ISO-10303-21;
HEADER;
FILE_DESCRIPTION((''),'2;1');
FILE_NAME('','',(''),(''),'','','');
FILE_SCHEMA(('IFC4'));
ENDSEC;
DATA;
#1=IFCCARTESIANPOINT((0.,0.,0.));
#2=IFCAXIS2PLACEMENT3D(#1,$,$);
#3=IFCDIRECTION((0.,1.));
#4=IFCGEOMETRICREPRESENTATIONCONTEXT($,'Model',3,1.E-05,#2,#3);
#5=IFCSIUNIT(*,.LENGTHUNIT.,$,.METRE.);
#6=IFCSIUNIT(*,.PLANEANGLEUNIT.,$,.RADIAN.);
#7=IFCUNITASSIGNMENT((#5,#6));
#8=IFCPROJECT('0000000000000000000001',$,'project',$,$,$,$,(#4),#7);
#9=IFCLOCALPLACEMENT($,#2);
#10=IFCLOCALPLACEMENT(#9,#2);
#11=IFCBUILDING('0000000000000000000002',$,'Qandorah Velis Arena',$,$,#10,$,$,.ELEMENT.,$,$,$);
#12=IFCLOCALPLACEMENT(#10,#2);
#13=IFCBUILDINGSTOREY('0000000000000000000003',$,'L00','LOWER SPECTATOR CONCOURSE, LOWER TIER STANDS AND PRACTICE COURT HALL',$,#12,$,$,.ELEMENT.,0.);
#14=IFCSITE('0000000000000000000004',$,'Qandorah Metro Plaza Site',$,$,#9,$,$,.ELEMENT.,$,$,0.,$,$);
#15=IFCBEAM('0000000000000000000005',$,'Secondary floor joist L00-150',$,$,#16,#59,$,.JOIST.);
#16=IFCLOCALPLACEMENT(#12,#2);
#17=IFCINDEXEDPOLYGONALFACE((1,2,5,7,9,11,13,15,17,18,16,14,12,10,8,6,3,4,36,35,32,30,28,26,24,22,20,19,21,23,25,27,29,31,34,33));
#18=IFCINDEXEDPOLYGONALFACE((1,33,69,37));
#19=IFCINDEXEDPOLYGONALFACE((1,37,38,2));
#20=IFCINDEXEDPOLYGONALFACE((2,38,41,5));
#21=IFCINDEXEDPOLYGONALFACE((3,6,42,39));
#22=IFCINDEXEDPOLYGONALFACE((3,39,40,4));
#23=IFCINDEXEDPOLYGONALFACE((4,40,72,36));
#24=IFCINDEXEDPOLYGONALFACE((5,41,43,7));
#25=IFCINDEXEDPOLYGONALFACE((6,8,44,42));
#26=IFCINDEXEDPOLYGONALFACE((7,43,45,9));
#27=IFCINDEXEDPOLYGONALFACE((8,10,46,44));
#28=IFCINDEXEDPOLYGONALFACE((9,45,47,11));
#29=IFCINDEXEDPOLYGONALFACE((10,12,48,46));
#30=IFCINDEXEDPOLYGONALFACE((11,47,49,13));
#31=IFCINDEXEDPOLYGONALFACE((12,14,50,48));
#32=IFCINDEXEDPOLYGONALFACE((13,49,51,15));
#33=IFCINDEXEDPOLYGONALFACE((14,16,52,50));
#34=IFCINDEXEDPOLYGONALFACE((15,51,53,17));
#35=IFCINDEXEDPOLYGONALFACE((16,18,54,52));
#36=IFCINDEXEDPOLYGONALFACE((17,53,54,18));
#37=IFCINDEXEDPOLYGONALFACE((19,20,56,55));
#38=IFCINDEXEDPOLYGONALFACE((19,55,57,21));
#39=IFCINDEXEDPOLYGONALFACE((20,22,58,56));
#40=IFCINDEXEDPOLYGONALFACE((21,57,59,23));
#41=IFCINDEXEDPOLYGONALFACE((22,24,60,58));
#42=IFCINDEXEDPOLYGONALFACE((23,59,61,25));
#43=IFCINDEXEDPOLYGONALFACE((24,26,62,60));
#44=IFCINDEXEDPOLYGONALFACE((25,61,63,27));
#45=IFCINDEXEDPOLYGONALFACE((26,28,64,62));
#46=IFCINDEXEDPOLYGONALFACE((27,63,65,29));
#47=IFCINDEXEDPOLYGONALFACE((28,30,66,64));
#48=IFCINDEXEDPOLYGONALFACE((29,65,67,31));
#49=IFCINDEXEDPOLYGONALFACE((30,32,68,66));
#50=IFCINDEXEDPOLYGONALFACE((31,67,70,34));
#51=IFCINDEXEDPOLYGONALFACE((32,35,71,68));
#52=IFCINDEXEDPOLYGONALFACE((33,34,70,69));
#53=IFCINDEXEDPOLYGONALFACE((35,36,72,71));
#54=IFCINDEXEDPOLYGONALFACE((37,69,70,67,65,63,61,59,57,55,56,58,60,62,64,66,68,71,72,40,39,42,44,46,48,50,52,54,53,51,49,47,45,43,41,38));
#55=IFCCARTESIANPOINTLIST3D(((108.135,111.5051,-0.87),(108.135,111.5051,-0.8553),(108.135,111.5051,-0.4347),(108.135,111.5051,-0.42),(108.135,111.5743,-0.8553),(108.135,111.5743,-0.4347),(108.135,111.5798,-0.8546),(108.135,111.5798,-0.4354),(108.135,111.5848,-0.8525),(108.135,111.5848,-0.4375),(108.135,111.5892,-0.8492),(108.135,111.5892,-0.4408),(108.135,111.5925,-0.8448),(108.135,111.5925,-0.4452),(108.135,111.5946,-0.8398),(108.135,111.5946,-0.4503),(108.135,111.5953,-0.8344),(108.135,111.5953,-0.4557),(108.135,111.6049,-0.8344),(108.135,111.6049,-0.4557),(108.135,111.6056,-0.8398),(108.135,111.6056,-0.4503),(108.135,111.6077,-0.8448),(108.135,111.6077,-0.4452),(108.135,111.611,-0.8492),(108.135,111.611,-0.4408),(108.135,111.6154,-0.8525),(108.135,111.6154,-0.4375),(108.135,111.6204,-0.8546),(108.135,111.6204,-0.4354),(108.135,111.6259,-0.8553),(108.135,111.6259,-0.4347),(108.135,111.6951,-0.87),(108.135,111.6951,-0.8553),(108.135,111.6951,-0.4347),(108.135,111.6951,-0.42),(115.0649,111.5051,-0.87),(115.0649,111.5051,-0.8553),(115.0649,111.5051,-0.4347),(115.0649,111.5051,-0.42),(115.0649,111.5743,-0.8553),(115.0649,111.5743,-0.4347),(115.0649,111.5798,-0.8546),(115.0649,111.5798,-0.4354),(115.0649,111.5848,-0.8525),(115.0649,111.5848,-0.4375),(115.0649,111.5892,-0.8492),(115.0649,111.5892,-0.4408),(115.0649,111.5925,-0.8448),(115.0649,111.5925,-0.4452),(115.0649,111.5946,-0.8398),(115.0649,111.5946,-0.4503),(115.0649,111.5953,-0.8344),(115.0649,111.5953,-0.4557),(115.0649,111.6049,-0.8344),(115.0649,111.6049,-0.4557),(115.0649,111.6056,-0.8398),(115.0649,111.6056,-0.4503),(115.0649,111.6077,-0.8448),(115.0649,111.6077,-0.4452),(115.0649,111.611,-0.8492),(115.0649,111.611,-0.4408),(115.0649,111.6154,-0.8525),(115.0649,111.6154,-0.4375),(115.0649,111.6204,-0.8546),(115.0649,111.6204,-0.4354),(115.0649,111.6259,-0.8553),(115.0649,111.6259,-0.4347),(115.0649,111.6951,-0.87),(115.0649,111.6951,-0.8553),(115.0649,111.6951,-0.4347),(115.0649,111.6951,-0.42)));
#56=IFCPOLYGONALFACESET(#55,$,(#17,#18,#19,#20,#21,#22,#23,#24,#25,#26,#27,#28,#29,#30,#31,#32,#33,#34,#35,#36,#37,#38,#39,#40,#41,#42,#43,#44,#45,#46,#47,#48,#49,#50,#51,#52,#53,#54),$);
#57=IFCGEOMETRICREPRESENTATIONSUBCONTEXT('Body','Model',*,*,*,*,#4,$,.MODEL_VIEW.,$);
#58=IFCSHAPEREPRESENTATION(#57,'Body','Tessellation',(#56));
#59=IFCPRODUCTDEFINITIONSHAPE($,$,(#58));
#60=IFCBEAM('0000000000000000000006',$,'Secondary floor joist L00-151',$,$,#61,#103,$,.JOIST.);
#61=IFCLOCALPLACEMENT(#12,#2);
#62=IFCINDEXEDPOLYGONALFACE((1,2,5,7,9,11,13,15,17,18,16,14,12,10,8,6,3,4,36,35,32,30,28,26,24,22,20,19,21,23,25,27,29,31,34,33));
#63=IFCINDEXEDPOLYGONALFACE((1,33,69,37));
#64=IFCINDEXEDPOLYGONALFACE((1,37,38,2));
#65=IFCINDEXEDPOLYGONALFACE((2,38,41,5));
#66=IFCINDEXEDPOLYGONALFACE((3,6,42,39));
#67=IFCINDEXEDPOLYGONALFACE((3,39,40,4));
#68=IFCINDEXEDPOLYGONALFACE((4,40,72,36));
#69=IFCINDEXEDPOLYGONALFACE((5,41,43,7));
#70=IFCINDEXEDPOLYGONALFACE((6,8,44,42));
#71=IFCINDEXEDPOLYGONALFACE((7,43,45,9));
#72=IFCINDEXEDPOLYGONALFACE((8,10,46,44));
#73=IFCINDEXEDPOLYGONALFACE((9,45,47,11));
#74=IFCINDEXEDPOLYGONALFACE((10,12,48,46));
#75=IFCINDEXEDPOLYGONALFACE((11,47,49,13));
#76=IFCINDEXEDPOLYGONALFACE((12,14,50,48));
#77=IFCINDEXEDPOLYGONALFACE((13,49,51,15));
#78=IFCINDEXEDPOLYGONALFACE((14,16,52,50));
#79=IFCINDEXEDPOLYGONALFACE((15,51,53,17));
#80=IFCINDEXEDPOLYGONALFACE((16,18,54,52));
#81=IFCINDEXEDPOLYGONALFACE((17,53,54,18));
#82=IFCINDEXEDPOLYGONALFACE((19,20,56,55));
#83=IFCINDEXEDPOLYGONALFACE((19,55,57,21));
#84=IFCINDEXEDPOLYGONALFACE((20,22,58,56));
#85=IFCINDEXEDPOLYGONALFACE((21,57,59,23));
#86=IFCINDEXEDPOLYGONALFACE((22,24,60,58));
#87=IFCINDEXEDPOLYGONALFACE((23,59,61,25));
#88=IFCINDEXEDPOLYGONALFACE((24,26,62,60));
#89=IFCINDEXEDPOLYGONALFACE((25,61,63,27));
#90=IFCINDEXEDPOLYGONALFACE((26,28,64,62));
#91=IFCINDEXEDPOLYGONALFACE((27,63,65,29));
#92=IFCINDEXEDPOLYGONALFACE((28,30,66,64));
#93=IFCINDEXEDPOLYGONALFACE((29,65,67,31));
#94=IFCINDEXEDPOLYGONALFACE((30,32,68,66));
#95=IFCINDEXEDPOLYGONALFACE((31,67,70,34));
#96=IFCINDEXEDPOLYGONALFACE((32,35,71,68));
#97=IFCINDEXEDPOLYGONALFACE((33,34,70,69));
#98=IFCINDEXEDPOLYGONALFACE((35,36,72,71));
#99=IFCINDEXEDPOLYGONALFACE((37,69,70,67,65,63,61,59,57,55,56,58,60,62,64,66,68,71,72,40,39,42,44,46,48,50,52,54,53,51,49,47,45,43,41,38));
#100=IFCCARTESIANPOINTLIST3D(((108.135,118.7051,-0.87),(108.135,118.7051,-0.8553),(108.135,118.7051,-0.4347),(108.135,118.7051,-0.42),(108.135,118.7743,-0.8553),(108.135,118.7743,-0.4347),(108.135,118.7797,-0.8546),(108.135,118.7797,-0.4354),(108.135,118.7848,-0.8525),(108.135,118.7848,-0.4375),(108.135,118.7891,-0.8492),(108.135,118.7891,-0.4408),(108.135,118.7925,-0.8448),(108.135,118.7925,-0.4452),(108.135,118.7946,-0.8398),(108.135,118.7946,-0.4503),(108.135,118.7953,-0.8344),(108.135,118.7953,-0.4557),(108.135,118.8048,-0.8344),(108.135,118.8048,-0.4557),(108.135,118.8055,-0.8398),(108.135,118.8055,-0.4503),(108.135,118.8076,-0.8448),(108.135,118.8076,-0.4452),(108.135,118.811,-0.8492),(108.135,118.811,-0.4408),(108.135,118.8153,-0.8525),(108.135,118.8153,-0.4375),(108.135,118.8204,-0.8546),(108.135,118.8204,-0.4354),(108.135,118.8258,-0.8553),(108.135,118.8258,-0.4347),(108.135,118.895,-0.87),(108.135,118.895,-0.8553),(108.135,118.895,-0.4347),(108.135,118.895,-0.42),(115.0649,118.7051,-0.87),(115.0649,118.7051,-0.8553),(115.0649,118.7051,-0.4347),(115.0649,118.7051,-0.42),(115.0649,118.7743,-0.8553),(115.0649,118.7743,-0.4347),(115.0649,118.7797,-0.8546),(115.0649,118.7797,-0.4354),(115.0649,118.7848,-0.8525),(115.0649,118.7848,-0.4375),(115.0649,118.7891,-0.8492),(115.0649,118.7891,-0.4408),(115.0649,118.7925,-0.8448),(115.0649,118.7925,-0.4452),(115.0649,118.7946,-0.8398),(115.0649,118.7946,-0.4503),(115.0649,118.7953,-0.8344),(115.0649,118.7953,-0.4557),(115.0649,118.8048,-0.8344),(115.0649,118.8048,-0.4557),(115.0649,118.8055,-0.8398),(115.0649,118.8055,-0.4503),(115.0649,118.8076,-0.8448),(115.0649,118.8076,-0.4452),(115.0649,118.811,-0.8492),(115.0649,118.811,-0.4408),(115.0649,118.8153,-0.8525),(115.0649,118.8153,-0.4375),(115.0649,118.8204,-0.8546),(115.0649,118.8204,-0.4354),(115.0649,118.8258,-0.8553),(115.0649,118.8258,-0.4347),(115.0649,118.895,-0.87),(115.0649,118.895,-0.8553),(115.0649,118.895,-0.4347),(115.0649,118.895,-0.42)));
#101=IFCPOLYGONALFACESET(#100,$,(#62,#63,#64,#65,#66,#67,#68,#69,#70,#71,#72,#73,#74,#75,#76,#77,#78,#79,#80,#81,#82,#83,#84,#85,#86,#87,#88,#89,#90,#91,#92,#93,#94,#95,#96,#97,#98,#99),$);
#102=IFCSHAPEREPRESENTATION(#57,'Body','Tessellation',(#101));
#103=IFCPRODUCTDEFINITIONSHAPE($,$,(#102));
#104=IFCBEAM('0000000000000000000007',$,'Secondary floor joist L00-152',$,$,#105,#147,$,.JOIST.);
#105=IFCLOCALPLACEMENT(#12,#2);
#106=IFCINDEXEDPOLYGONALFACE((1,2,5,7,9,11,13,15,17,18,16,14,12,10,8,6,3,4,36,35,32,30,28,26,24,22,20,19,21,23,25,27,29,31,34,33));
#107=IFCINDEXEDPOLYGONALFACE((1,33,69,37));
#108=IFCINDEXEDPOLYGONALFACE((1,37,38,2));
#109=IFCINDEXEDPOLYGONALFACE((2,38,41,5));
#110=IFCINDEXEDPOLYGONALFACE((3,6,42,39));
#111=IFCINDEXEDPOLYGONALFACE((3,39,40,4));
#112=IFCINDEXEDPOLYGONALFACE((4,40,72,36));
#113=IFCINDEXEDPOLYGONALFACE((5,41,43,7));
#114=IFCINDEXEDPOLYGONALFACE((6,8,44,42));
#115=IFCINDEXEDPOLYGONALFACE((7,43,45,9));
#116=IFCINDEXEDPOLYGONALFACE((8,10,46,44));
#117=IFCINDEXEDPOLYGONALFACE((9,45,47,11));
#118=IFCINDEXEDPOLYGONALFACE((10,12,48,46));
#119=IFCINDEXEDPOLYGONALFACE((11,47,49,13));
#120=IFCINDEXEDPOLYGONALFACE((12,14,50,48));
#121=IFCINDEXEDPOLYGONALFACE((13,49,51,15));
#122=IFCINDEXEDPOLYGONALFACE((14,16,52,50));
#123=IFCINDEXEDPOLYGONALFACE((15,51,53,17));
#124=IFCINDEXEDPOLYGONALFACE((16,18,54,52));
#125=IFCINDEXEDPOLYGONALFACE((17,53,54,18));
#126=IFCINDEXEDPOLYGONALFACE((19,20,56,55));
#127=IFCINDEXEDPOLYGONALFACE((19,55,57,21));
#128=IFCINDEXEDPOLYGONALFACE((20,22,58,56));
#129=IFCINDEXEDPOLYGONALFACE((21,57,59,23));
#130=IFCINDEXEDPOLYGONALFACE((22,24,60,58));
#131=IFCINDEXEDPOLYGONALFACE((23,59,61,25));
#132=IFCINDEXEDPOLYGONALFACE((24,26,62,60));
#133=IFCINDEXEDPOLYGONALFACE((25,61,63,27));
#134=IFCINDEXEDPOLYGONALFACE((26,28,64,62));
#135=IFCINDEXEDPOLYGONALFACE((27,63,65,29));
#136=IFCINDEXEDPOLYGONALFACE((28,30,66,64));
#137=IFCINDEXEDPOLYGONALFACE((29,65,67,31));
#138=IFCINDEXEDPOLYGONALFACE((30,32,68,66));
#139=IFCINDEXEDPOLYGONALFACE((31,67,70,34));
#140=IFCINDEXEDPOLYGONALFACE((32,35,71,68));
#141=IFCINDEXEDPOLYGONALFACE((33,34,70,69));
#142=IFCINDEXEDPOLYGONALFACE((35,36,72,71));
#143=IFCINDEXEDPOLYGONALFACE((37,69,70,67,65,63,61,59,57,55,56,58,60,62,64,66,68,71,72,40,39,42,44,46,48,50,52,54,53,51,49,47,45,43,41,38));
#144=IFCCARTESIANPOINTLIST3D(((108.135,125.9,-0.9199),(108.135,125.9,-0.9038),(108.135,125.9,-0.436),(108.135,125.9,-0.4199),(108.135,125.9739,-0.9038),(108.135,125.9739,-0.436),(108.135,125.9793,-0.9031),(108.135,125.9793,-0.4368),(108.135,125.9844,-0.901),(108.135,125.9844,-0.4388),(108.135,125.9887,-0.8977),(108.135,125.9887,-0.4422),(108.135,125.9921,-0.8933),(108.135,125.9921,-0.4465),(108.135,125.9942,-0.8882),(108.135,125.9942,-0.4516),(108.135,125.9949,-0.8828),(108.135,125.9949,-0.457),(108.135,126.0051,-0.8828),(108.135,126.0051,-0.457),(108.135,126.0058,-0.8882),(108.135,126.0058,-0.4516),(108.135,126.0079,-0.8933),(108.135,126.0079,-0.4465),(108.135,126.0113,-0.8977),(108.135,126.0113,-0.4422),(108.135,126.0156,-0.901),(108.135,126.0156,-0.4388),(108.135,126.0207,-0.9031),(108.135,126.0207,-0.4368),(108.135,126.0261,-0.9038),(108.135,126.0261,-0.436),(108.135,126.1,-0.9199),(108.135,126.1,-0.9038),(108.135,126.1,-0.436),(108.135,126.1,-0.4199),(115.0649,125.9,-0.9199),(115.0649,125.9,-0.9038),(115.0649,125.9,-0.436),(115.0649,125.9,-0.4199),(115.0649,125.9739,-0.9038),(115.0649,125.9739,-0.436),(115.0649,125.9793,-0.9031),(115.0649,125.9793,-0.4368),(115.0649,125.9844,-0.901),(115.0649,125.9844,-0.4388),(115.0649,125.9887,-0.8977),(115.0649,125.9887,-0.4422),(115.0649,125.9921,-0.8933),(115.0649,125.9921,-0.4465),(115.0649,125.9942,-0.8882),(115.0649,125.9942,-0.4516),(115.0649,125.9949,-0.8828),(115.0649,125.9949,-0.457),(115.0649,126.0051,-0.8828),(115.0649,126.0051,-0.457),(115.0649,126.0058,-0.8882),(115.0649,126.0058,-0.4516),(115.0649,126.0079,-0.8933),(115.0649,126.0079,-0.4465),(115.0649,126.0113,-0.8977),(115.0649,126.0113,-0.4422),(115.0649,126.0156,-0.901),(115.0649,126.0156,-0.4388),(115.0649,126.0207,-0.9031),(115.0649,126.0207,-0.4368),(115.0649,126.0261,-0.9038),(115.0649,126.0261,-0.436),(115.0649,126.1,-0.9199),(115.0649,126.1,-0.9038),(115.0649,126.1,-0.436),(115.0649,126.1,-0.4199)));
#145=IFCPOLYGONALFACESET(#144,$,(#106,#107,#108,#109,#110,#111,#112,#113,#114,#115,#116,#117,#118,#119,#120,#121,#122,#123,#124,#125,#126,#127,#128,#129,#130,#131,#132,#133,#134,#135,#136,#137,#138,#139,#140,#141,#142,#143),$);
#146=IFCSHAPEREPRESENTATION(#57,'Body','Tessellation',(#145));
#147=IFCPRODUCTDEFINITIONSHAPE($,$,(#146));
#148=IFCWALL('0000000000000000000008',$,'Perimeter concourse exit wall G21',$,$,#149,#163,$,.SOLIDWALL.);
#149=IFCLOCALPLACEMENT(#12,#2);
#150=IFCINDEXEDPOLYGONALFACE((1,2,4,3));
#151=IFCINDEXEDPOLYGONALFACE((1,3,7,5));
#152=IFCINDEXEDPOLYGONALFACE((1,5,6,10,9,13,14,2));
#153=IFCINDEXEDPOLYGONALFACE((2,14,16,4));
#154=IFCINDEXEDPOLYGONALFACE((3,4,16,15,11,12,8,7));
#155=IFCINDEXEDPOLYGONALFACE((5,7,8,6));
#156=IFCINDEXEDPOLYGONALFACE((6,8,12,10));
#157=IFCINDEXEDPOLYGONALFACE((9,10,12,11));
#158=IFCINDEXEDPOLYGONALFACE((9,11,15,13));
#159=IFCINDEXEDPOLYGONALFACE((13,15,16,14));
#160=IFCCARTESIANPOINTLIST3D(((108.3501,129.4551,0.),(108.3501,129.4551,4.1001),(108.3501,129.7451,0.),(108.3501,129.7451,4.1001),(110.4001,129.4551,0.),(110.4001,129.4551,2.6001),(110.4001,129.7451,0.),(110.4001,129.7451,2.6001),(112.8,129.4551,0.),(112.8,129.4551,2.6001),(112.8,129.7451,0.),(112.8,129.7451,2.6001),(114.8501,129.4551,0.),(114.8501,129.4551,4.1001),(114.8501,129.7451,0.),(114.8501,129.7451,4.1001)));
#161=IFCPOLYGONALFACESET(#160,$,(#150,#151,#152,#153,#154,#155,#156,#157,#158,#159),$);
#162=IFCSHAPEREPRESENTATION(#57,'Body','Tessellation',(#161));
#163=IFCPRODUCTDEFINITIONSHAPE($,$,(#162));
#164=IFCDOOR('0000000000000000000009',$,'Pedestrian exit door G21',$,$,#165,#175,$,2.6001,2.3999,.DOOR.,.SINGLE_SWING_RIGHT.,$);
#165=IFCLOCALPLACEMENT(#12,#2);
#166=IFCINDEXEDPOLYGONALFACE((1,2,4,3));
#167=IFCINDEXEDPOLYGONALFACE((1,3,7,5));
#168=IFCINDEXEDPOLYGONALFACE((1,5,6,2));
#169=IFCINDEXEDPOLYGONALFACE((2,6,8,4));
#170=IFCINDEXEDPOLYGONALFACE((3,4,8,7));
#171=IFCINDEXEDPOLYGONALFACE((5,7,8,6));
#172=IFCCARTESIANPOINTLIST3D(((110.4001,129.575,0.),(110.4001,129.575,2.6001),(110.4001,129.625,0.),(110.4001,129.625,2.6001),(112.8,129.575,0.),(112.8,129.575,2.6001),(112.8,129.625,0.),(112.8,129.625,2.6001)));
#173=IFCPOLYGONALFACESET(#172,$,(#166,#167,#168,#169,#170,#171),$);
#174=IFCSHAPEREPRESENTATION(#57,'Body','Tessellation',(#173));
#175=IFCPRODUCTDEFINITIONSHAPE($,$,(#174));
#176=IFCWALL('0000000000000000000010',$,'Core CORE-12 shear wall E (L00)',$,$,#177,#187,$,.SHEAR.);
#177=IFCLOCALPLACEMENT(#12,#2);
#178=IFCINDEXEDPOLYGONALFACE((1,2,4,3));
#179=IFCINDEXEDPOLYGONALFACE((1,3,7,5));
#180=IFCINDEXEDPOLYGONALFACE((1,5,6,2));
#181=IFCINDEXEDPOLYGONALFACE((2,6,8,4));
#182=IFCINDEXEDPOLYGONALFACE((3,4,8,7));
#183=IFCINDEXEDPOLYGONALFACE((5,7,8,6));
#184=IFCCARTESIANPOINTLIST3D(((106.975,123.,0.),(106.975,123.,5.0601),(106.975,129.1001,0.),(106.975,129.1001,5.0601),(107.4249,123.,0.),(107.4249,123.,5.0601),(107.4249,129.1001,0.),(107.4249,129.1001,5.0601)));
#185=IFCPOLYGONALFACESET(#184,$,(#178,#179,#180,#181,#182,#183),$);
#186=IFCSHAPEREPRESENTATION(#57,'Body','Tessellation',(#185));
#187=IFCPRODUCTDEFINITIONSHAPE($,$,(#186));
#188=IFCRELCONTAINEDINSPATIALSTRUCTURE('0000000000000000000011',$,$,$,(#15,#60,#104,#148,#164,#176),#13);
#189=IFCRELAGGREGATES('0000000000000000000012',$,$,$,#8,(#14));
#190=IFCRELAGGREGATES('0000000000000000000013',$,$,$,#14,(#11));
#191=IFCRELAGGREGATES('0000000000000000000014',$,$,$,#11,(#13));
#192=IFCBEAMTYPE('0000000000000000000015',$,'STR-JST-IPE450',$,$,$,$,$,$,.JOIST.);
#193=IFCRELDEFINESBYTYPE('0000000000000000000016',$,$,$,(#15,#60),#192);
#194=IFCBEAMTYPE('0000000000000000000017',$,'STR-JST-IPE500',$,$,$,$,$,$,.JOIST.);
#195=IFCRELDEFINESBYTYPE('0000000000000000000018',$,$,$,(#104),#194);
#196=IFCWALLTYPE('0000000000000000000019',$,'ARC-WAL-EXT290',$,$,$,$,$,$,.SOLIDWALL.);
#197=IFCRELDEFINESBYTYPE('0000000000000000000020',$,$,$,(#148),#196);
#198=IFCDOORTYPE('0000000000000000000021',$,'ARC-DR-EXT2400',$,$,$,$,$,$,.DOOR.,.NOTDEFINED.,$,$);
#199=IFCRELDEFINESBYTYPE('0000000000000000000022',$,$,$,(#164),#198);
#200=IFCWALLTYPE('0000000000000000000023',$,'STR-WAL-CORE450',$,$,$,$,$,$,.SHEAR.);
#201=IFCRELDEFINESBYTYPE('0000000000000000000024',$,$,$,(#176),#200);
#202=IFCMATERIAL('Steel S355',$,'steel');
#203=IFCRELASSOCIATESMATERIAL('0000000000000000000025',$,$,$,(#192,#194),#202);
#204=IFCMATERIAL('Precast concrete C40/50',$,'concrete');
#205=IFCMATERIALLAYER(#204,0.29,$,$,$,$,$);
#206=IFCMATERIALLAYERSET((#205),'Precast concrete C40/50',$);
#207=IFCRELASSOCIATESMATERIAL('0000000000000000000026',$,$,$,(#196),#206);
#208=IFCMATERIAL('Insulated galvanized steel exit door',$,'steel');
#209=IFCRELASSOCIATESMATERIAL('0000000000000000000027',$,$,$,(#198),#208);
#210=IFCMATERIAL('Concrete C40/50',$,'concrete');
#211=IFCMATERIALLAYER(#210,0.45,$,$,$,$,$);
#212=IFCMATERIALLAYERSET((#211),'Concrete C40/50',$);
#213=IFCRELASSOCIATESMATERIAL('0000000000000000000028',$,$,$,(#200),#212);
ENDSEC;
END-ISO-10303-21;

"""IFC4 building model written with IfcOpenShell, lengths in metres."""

from ifc_helpers import new_model, si_unit, direction, frame, frame_2d, origin, origin_2d, place, context, subcontext, project, spatial, rectangle, i_section, extrude, material, layer, layer_set, material_profile, profile_set, type_object, element, fill, save


model = new_model("IFC4")

# Units and contexts
model_context = context("Model", 3, precision=1e-05, world=origin(), true_north=direction((0.0, 1.0)))
body_context = subcontext(model_context, "Body", "Model", "MODEL_VIEW")
ifc_project = project(units=[si_unit("LENGTHUNIT", "METRE"), si_unit("PLANEANGLEUNIT", "RADIAN")], contexts=[model_context])

# Site, building, storey
site_placement = place(None, origin())
site = spatial("IfcSite", under=ifc_project, at=site_placement, Name="Qandorah Metro Plaza Site", CompositionType="ELEMENT", RefElevation=0.0)
building_placement = place(site_placement, origin())
building = spatial("IfcBuilding", under=site, at=building_placement, Name="Qandorah Velis Arena", CompositionType="ELEMENT")
storey_placement = place(building_placement, origin())
storey = spatial("IfcBuildingStorey", under=building, at=storey_placement, Name="L00", Description="LOWER SPECTATOR CONCOURSE, LOWER TIER STANDS AND PRACTICE COURT HALL", CompositionType="ELEMENT", Elevation=0.0)

# Shared definitions
ifc_material_1 = material(Name="Concrete C40/50", Category="concrete")

# Beams
ifc_material_2 = material(Name="Steel S355", Category="steel")
ifc_material_profile_1 = material_profile(ifc_material_2, i_section(OverallWidth=0.1899, OverallDepth=0.45, WebThickness=0.0095, FlangeThickness=0.0146, FilletRadius=0.021, at=origin_2d()), Name="IPE 450")
ifc_profile_set_1 = profile_set([ifc_material_profile_1], Name="Steel S355")
beam_type_1 = type_object("IfcBeamType", Name="STR-JST-IPE450", PredefinedType="JOIST", material=ifc_profile_set_1)
for number, where, z_axis, x_axis, name in (
    (1, (108.135, 111.6001, -0.645), (1.0, 0.0, 0.0), (0.0, 1.0, 0.0), "Secondary floor joist L00-150"),
    (2, (108.135, 118.8, -0.645), (1.0, 0.0, 0.0), (0.0, 1.0, 0.0), "Secondary floor joist L00-151"),
):
    element("IfcBeam", number, at=place(storey_placement, frame(where, z_axis=z_axis, x_axis=x_axis)), inside=storey, type_object=beam_type_1, Name=name, PredefinedType="JOIST", context=body_context, shape_type="SweptSolid", body=[
        extrude(i_section(OverallWidth=0.1899, OverallDepth=0.45, WebThickness=0.0095, FlangeThickness=0.0146, FilletRadius=0.021, at=origin_2d()), origin(), (0.0, 0.0, 1.0), 6.9299),
    ])
ifc_material_profile_2 = material_profile(ifc_material_2, i_section(OverallWidth=0.2, OverallDepth=0.5, WebThickness=0.0103, FlangeThickness=0.0161, FilletRadius=0.021, at=origin_2d()), Name="IPE 500")
ifc_profile_set_2 = profile_set([ifc_material_profile_2], Name="Steel S355")
beam_type_2 = type_object("IfcBeamType", Name="STR-JST-IPE500", PredefinedType="JOIST", material=ifc_profile_set_2)
beam_1_placement = place(storey_placement, frame((108.135, 126.0, -0.6699), z_axis=(1.0, 0.0, 0.0), x_axis=(0.0, 1.0, 0.0)))
element("IfcBeam", 3, at=beam_1_placement, inside=storey, type_object=beam_type_2, Name="Secondary floor joist L00-152", PredefinedType="JOIST", context=body_context, shape_type="SweptSolid", body=[
    extrude(i_section(OverallWidth=0.2, OverallDepth=0.5, WebThickness=0.0103, FlangeThickness=0.0161, FilletRadius=0.021, at=origin_2d()), origin(), (0.0, 0.0, 1.0), 6.9299),
])

# Wall, opening, door
ifc_material_3 = material(Name="Precast concrete C40/50", Category="concrete")
ifc_layer_1 = layer(ifc_material_3, 0.29)
ifc_layer_set_1 = layer_set([ifc_layer_1], Name="Precast concrete C40/50")
wall_type_1 = type_object("IfcWallType", Name="ARC-WAL-EXT290", PredefinedType="SOLIDWALL", material=ifc_layer_set_1)
wall_1_placement = place(storey_placement, frame((108.3501, 129.6001, 0.0), z_axis=(0.0, 0.0, 1.0), x_axis=(1.0, 0.0, 0.0)))
wall_1 = element("IfcWall", 4, at=wall_1_placement, inside=storey, type_object=wall_type_1, Name="Perimeter concourse exit wall G21", PredefinedType="SOLIDWALL", context=body_context, shape_type="SweptSolid", body=[
    extrude(rectangle(XDim=6.5, YDim=0.29, at=frame_2d((3.25, 0.0))), origin(), (0.0, 0.0, 1.0), 4.1001),
])
opening_placement = place(wall_1_placement, frame((2.05, 0.0, 0.0)))
opening = element("IfcOpeningElement", 5, at=opening_placement, cuts=wall_1, PredefinedType="OPENING", context=body_context, shape_type="SweptSolid", body=[
    extrude(rectangle(XDim=2.3999, YDim=2.6001, at=frame_2d((1.2, 1.3))), frame((0.0, 0.155, 0.0), z_axis=(0.0, -1.0, 0.0), x_axis=(1.0, 0.0, 0.0)), (0.0, 0.0, 1.0), 0.3101),
])
ifc_material_4 = material(Name="Insulated galvanized steel exit door", Category="steel")
door_type = type_object("IfcDoorType", Name="ARC-DR-EXT2400", OperationType="NOTDEFINED", PredefinedType="DOOR", material=ifc_material_4)
door_placement = place(opening_placement, origin())
door = element("IfcDoor", 6, at=door_placement, inside=storey, type_object=door_type, Name="Pedestrian exit door G21", OperationType="SINGLE_SWING_RIGHT", OverallHeight=2.6001, OverallWidth=2.3999, PredefinedType="DOOR", context=body_context, shape_type="SweptSolid", body=[
    extrude(rectangle(XDim=2.3999, YDim=2.6001, at=frame_2d((1.2, 1.3))), frame((0.0, 0.0249, 0.0), z_axis=(0.0, -1.0, 0.0), x_axis=(1.0, 0.0, 0.0)), (0.0, 0.0, 1.0), 0.05),
])
fill(opening, door)

# Wall
ifc_layer_2 = layer(ifc_material_1, 0.45)
ifc_layer_set_2 = layer_set([ifc_layer_2], Name="Concrete C40/50")
wall_type_2 = type_object("IfcWallType", Name="STR-WAL-CORE450", PredefinedType="SHEAR", material=ifc_layer_set_2)
wall_2_placement = place(storey_placement, frame((107.2, 123.0, 0.0), z_axis=(0.0, 0.0, 1.0), x_axis=(0.0, 1.0, 0.0)))
element("IfcWall", 7, at=wall_2_placement, inside=storey, type_object=wall_type_2, Name="Core CORE-12 shear wall E (L00)", PredefinedType="SHEAR", context=body_context, shape_type="SweptSolid", body=[
    extrude(rectangle(XDim=6.1001, YDim=0.45, at=frame_2d((3.05, 0.0))), origin(), (0.0, 0.0, 1.0), 5.0601),
])

save(model, "model.ifc")
